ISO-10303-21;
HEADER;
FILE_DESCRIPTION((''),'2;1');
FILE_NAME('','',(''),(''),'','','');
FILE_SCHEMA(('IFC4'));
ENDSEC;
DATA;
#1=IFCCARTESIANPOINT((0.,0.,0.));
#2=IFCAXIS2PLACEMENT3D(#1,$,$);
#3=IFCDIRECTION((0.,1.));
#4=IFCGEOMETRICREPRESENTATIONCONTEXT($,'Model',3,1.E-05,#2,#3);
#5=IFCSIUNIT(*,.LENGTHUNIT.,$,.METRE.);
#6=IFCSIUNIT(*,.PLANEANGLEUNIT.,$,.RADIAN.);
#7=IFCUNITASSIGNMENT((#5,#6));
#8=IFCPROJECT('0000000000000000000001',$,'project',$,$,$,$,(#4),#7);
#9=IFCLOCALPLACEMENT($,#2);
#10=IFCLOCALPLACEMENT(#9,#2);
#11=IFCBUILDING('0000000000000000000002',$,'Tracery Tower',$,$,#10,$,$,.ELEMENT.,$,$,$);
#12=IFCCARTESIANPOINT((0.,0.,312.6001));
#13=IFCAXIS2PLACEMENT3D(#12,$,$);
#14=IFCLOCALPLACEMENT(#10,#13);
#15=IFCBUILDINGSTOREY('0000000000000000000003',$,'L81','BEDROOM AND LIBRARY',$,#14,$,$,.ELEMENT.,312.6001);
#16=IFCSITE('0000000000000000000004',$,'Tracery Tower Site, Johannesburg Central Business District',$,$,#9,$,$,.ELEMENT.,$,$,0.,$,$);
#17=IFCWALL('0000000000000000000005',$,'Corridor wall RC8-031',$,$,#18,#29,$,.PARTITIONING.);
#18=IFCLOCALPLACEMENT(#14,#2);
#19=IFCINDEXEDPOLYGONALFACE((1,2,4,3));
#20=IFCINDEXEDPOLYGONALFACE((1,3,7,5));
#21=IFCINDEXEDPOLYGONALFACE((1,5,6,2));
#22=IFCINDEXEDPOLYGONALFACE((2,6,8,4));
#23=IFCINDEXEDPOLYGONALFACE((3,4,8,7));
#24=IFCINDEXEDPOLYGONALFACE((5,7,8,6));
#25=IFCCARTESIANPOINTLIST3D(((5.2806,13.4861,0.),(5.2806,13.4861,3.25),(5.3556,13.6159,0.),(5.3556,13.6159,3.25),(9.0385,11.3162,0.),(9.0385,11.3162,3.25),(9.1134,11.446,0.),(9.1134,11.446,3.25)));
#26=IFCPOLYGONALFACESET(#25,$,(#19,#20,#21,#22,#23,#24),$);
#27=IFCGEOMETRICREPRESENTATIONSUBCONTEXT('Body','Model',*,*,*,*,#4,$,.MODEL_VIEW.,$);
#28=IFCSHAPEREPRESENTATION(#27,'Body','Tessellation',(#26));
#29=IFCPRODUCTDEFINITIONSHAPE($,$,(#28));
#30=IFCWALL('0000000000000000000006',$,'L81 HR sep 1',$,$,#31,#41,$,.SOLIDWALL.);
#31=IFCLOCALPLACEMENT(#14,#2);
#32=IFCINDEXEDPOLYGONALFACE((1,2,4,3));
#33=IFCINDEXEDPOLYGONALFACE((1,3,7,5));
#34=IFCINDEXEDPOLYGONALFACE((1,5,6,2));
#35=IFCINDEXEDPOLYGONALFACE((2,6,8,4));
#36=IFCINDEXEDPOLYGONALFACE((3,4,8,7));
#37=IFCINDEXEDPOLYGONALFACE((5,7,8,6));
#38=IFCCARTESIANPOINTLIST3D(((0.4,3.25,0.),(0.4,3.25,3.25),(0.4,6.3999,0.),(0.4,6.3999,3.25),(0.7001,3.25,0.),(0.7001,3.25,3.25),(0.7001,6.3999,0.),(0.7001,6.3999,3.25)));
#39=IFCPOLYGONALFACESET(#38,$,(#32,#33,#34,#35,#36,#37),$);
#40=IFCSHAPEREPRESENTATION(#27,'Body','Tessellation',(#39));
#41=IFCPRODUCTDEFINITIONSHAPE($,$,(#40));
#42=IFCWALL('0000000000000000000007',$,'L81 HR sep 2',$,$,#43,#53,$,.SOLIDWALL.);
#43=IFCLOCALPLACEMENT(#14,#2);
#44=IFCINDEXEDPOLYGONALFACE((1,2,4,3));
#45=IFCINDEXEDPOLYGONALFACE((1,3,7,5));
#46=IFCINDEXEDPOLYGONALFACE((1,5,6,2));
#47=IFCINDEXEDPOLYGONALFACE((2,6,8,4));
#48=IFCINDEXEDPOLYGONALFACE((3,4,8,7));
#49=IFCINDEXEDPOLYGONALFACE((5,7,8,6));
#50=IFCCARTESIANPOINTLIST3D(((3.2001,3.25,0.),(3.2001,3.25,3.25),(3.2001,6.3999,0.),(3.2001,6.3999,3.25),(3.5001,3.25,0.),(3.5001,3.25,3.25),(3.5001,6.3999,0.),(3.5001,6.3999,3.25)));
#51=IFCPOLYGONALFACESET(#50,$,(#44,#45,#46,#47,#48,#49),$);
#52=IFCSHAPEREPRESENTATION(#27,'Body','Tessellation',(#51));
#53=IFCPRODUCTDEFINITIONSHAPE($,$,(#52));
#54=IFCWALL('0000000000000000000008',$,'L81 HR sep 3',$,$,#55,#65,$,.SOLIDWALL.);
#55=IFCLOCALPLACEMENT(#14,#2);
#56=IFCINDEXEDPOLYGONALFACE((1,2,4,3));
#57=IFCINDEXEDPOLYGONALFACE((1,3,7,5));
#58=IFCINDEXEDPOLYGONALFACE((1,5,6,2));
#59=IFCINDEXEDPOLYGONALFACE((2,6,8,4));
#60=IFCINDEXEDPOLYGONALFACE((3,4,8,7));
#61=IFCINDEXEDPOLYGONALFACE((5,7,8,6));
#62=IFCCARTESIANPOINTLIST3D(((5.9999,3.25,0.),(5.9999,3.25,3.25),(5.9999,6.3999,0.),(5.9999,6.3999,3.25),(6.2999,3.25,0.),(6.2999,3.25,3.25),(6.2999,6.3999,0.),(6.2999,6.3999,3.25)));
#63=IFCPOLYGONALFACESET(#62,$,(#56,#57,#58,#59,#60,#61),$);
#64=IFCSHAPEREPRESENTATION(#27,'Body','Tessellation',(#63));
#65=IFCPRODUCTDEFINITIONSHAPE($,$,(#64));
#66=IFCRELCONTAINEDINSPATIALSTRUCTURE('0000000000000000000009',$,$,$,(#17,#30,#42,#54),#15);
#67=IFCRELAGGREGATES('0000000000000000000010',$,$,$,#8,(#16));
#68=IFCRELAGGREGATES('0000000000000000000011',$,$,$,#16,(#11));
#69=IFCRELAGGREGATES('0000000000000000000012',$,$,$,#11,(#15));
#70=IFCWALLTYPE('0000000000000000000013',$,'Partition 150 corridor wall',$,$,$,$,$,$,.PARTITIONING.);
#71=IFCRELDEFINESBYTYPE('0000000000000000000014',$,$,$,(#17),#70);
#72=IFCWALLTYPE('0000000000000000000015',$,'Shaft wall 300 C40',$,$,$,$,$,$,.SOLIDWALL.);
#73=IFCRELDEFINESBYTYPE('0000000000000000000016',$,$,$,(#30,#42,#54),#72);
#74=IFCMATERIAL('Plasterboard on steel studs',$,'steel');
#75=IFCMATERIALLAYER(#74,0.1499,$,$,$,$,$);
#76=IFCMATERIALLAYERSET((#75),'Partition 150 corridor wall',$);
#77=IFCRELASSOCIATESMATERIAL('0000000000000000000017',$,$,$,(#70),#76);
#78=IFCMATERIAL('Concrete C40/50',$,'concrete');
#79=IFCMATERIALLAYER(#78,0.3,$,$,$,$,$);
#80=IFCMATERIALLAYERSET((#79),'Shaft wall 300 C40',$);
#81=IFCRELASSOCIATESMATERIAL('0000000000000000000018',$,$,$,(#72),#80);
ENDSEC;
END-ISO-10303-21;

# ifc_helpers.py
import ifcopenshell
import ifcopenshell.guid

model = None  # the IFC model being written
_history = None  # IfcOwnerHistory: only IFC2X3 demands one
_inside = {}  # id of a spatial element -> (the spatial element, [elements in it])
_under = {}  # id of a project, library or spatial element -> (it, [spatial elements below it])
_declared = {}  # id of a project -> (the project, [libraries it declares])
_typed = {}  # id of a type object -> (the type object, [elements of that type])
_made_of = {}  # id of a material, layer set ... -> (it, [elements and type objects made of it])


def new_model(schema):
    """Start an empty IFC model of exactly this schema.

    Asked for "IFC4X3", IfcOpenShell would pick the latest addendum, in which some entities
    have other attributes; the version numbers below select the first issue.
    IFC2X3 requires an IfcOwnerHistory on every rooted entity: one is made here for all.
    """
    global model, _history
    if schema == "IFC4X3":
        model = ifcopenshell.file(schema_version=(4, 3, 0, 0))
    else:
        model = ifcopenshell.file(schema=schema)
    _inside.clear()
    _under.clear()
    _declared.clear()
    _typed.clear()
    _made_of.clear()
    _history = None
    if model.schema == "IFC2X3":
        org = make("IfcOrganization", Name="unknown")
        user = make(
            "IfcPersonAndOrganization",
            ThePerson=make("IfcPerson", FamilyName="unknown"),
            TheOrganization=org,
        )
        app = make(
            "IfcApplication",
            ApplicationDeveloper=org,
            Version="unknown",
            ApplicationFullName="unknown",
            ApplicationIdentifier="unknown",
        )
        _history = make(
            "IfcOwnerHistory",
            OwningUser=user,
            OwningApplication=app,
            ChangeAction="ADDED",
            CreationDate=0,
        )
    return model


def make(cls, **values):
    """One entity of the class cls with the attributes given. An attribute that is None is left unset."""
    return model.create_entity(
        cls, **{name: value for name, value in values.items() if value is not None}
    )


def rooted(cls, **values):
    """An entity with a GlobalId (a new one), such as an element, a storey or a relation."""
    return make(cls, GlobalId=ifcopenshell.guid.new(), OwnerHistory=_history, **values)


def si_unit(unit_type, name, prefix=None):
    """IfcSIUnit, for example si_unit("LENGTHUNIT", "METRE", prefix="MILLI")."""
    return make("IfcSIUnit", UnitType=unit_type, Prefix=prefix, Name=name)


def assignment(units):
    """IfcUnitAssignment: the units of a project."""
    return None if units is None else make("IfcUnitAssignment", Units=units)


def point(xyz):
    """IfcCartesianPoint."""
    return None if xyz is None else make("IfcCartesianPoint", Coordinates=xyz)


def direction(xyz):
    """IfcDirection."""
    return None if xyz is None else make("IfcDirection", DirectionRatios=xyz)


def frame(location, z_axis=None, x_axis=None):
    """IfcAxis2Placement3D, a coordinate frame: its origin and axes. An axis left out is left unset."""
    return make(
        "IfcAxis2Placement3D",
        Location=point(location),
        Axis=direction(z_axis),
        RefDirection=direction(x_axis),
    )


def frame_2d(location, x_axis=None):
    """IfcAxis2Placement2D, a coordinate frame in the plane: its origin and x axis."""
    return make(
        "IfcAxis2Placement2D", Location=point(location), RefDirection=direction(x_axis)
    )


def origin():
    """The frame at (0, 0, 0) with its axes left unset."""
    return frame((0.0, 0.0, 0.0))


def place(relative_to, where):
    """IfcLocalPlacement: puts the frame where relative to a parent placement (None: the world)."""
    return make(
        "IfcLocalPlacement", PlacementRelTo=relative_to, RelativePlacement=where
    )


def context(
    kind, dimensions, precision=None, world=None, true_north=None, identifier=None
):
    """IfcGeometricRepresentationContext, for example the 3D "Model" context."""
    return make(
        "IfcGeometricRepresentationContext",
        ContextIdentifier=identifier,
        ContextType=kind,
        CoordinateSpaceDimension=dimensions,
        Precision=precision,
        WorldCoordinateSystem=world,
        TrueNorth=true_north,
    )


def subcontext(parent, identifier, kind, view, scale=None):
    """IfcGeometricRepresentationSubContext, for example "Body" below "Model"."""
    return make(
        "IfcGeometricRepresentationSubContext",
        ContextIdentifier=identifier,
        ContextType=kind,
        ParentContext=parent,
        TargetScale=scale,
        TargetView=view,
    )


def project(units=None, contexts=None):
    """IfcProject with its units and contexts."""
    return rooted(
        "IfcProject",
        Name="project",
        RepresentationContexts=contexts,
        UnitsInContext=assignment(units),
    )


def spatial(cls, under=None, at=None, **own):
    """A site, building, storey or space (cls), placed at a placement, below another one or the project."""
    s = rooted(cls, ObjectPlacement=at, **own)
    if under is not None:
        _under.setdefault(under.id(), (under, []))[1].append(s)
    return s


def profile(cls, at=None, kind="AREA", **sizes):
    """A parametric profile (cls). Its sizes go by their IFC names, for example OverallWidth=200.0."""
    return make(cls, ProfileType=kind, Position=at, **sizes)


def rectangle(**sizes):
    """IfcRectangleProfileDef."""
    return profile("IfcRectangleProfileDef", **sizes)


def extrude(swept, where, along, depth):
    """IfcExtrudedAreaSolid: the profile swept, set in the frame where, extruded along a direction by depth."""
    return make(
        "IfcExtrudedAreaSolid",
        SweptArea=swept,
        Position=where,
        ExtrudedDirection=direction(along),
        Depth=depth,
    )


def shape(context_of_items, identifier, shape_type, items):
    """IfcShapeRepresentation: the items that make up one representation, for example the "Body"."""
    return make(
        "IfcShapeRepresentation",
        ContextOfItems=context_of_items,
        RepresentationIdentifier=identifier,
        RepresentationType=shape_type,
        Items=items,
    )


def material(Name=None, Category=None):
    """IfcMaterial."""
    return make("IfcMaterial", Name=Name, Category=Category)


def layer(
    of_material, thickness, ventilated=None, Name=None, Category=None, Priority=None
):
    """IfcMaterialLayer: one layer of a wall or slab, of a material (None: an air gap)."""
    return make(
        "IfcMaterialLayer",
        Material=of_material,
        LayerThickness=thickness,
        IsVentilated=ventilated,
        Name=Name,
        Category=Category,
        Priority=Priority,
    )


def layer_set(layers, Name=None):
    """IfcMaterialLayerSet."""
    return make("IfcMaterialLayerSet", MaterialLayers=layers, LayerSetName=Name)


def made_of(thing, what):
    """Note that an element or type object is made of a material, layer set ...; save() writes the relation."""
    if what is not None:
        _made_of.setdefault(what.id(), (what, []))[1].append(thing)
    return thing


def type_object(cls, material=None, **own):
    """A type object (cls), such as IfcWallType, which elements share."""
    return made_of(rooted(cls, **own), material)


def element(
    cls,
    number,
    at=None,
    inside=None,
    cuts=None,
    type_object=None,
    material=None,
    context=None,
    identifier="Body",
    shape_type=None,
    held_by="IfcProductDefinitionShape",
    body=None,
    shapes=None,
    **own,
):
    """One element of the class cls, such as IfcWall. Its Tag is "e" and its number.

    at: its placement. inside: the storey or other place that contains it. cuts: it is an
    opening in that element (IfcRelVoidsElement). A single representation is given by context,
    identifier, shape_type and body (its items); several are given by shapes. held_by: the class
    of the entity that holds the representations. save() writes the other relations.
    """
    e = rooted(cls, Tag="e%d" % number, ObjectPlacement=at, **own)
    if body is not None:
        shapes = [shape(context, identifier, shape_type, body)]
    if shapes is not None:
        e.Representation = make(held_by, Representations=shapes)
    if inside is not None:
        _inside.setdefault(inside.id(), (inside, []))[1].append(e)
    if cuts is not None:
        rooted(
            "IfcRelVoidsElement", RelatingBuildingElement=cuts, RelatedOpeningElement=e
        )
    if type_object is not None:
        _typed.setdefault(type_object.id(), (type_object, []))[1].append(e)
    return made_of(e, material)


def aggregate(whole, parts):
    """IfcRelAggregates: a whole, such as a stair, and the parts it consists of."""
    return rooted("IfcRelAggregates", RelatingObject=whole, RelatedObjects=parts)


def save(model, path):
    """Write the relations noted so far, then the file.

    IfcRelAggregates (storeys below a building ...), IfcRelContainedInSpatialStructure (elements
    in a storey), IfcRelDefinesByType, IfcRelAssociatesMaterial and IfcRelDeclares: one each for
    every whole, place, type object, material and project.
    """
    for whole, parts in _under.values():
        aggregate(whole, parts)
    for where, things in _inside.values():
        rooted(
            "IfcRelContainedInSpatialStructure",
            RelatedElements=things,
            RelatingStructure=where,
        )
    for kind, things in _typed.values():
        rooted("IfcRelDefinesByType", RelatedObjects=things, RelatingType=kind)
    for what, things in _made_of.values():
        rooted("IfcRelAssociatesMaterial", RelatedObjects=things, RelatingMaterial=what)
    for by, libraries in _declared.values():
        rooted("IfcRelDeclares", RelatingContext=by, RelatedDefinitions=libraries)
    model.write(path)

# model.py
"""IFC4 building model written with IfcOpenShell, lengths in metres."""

from ifc_helpers import new_model, si_unit, direction, frame, frame_2d, origin, place, context, subcontext, project, spatial, rectangle, extrude, material, layer, layer_set, type_object, element, save


model = new_model("IFC4")

# Units and contexts
model_context = context("Model", 3, precision=1e-05, world=origin(), true_north=direction((0.0, 1.0)))
body_context = subcontext(model_context, "Body", "Model", "MODEL_VIEW")
ifc_project = project(units=[si_unit("LENGTHUNIT", "METRE"), si_unit("PLANEANGLEUNIT", "RADIAN")], contexts=[model_context])

# Site, building, storey
site_placement = place(None, origin())
site = spatial("IfcSite", under=ifc_project, at=site_placement, Name="Tracery Tower Site, Johannesburg Central Business District", CompositionType="ELEMENT", RefElevation=0.0)
building_placement = place(site_placement, origin())
building = spatial("IfcBuilding", under=site, at=building_placement, Name="Tracery Tower", CompositionType="ELEMENT")
storey_placement = place(building_placement, frame((0.0, 0.0, 312.6001)))
storey = spatial("IfcBuildingStorey", under=building, at=storey_placement, Name="L81", Description="BEDROOM AND LIBRARY", CompositionType="ELEMENT", Elevation=312.6001)

# Shared definitions
ifc_material_1 = material(Name="Plasterboard on steel studs", Category="steel")
ifc_layer_1 = layer(ifc_material_1, 0.1499)
ifc_layer_set_1 = layer_set([ifc_layer_1], Name="Partition 150 corridor wall")
wall_type_1 = type_object("IfcWallType", Name="Partition 150 corridor wall", PredefinedType="PARTITIONING", material=ifc_layer_set_1)

# Walls
wall_1_placement = place(storey_placement, frame((5.3181, 13.551, 0.0), z_axis=(0.0, 0.0, 1.0), x_axis=(0.865991, -0.50006, 0.0)))
element("IfcWall", 1, at=wall_1_placement, inside=storey, type_object=wall_type_1, Name="Corridor wall RC8-031", PredefinedType="PARTITIONING", context=body_context, shape_type="SweptSolid", body=[
    extrude(rectangle(XDim=4.3394, YDim=0.1499, at=frame_2d((2.1697, 0.0))), origin(), (0.0, 0.0, 1.0), 3.25),
])
ifc_material_2 = material(Name="Concrete C40/50", Category="concrete")
ifc_layer_2 = layer(ifc_material_2, 0.3)
ifc_layer_set_2 = layer_set([ifc_layer_2], Name="Shaft wall 300 C40")
wall_type_2 = type_object("IfcWallType", Name="Shaft wall 300 C40", PredefinedType="SOLIDWALL", material=ifc_layer_set_2)
for number, where, z_axis, x_axis, name in (
    (2, (0.55, 3.25, 0.0), (0.0, 0.0, 1.0), (0.0, 1.0, 0.0), "L81 HR sep 1"),
    (3, (3.3501, 3.25, 0.0), (0.0, 0.0, 1.0), (0.0, 1.0, 0.0), "L81 HR sep 2"),
    (4, (6.1499, 3.25, 0.0), (0.0, 0.0, 1.0), (0.0, 1.0, 0.0), "L81 HR sep 3"),
):
    element("IfcWall", number, at=place(storey_placement, frame(where, z_axis=z_axis, x_axis=x_axis)), inside=storey, type_object=wall_type_2, Name=name, PredefinedType="SOLIDWALL", context=body_context, shape_type="SweptSolid", body=[
        extrude(rectangle(XDim=3.1499, YDim=0.3, at=frame_2d((1.575, 0.0))), origin(), (0.0, 0.0, 1.0), 3.25),
    ])

save(model, "model.ifc")
